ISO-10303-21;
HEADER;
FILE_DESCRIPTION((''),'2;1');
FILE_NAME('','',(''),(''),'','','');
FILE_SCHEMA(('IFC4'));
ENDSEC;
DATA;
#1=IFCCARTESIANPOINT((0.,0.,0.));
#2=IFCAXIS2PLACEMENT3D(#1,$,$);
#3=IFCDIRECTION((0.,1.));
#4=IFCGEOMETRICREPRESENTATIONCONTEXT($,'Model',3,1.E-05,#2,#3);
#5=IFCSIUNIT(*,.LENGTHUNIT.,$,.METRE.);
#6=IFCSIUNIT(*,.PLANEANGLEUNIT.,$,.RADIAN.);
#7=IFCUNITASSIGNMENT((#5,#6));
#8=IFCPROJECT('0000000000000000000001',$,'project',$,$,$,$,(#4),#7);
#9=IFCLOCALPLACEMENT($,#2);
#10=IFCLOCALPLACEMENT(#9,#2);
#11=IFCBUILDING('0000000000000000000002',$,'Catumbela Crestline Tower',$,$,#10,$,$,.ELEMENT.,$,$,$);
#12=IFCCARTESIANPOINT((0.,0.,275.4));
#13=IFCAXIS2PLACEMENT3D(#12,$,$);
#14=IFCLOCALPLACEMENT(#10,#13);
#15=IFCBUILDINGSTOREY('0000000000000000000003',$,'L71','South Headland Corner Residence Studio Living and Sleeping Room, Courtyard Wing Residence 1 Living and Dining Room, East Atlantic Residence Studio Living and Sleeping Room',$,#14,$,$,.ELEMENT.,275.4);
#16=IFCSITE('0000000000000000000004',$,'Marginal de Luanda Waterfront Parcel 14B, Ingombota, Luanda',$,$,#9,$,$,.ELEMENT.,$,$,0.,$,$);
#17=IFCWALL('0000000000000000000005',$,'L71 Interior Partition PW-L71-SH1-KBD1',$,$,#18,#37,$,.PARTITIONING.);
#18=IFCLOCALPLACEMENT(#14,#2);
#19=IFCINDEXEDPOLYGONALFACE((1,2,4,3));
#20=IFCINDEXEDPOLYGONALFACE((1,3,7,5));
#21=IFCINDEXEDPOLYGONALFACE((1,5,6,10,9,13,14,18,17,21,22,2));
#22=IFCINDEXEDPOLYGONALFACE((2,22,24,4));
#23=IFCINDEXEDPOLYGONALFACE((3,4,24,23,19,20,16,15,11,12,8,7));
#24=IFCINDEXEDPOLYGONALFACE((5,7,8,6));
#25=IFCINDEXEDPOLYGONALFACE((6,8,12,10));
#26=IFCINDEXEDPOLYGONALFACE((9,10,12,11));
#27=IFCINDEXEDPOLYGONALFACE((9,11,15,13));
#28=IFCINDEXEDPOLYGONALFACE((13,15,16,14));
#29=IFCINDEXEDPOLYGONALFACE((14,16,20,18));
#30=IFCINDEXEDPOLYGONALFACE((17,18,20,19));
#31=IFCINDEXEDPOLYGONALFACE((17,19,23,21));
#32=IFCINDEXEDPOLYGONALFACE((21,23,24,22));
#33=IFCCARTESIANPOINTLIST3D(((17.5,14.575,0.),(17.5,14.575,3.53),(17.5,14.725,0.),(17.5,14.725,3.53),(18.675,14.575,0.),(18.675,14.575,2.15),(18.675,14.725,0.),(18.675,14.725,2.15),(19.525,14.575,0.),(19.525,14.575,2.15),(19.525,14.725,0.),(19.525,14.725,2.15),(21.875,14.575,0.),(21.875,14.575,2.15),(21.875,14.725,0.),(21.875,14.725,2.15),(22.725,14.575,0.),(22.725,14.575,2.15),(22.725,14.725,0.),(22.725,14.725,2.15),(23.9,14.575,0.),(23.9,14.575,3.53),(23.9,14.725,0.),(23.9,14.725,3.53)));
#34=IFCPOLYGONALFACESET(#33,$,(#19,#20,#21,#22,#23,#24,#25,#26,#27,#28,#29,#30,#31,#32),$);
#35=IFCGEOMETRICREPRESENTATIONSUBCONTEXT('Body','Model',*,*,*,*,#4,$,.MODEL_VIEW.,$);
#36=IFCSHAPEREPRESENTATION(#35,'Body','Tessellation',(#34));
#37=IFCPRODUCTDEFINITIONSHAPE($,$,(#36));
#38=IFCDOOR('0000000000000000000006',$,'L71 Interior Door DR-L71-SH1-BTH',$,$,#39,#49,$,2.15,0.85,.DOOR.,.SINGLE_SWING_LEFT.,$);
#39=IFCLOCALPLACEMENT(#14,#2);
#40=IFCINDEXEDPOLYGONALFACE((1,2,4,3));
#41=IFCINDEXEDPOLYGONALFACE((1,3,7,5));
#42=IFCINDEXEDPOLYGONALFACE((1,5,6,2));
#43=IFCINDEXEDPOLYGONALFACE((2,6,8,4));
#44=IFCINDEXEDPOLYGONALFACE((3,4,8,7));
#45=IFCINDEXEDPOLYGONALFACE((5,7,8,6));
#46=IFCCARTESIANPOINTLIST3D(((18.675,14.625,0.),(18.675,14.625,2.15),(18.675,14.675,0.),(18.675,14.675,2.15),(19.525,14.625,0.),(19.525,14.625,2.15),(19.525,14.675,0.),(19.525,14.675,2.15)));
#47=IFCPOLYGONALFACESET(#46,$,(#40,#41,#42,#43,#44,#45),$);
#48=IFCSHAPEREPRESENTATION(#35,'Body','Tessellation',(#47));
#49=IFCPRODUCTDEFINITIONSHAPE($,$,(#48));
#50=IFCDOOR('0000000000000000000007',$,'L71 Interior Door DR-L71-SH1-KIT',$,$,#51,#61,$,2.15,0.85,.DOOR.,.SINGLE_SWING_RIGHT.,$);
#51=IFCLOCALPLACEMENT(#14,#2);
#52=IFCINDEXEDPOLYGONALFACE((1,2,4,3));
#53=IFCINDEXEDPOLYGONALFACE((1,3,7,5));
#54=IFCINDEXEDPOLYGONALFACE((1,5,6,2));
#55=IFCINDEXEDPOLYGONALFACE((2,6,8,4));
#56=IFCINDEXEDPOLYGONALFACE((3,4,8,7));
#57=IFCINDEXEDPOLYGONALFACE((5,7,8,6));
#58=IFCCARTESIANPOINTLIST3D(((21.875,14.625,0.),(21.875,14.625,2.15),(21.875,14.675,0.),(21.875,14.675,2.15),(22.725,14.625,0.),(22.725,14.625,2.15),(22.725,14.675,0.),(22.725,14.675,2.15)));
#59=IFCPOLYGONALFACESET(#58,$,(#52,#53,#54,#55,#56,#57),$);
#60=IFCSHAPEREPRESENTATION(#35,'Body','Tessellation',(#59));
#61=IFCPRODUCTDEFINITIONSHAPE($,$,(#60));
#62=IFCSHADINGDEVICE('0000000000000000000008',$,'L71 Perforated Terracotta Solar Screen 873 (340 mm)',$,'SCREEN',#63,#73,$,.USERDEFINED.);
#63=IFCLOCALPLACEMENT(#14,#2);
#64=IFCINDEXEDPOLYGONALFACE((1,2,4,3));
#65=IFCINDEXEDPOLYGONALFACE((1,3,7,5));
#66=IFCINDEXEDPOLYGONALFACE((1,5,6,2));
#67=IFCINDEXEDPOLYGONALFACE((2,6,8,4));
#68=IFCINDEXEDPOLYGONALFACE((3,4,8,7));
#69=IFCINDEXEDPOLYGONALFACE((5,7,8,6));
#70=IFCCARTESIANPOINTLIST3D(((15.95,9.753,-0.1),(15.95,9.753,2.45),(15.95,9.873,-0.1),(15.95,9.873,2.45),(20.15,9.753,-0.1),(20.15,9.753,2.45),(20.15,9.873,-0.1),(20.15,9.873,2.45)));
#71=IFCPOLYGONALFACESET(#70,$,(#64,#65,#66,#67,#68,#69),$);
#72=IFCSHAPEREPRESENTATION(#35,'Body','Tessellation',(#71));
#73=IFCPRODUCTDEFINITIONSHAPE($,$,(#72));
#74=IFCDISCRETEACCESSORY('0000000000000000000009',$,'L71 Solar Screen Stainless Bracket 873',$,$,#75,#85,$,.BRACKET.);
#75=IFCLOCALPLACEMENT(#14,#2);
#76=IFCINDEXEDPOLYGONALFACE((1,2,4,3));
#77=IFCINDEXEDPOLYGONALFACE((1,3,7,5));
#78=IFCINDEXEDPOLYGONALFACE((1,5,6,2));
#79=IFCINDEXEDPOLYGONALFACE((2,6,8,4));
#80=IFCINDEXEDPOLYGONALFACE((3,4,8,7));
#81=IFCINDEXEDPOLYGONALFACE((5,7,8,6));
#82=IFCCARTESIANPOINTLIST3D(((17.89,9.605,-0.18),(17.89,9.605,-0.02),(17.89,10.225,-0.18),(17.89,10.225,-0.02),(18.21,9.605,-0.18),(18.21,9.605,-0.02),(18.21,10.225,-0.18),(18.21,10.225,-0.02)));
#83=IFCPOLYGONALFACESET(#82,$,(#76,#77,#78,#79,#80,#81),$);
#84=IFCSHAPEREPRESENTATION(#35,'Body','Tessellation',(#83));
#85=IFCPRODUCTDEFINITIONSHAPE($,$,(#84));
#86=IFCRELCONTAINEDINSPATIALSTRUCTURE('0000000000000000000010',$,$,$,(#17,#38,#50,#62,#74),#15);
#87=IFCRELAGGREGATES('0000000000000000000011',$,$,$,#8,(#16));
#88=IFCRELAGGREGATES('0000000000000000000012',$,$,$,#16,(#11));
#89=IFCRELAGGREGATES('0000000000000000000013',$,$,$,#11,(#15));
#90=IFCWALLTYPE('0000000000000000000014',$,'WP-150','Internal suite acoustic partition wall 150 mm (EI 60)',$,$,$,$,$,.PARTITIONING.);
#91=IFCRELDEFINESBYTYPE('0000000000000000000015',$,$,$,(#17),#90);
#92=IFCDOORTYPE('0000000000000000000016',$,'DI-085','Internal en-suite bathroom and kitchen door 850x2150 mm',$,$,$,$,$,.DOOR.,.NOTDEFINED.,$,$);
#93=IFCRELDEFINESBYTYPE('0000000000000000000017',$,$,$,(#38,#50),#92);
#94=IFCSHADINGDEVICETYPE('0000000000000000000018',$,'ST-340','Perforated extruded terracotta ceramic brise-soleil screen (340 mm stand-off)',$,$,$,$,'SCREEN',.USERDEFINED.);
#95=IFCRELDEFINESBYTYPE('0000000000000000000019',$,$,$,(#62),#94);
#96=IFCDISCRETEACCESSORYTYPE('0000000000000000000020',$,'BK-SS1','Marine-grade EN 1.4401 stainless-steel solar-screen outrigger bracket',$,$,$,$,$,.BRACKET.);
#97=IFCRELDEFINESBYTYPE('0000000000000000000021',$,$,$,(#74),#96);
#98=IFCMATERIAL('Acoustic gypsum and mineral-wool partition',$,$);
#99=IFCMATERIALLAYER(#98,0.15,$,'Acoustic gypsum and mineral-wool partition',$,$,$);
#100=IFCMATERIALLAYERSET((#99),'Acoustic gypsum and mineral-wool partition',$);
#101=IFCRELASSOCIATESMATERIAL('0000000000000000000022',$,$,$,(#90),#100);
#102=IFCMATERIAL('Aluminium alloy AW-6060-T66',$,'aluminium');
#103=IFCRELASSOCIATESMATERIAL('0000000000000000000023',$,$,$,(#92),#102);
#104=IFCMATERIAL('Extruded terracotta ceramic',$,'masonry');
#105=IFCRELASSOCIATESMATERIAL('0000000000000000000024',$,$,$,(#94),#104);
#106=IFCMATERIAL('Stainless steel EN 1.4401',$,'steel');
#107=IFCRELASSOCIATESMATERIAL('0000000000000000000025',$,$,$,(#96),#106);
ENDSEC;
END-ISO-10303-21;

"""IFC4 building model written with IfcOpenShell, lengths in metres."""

from ifc_helpers import new_model, si_unit, direction, frame, frame_2d, origin, origin_2d, place, context, subcontext, project, spatial, rectangle, extrude, material, layer, layer_set, type_object, element, fill, save


model = new_model("IFC4")

# Units and contexts
model_context = context("Model", 3, precision=1e-05, world=origin(), true_north=direction((0.0, 1.0)))
body_context = subcontext(model_context, "Body", "Model", "MODEL_VIEW")
ifc_project = project(units=[si_unit("LENGTHUNIT", "METRE"), si_unit("PLANEANGLEUNIT", "RADIAN")], contexts=[model_context])

# Site, building, storey
site_placement = place(None, origin())
site = spatial("IfcSite", under=ifc_project, at=site_placement, Name="Marginal de Luanda Waterfront Parcel 14B, Ingombota, Luanda", CompositionType="ELEMENT", RefElevation=0.0)
building_placement = place(site_placement, origin())
building = spatial("IfcBuilding", under=site, at=building_placement, Name="Catumbela Crestline Tower", CompositionType="ELEMENT")
storey_placement = place(building_placement, frame((0.0, 0.0, 275.4)))
storey = spatial("IfcBuildingStorey", under=building, at=storey_placement, Name="L71", Description="South Headland Corner Residence Studio Living and Sleeping Room, Courtyard Wing Residence 1 Living and Dining Room, East Atlantic Residence Studio Living and Sleeping Room", CompositionType="ELEMENT", Elevation=275.4)

# Shared definitions
ifc_material_1 = material(Name="Aluminium alloy AW-6060-T66", Category="aluminium")

# Shared definitions
ifc_material_2 = material(Name="Acoustic gypsum and mineral-wool partition")
ifc_layer_1 = layer(ifc_material_2, 0.15, Name="Acoustic gypsum and mineral-wool partition")
ifc_layer_set_1 = layer_set([ifc_layer_1], Name="Acoustic gypsum and mineral-wool partition")
wall_type_1 = type_object("IfcWallType", Name="WP-150", Description="Internal suite acoustic partition wall 150 mm (EI 60)", PredefinedType="PARTITIONING", material=ifc_layer_set_1)
door_type = type_object("IfcDoorType", Name="DI-085", Description="Internal en-suite bathroom and kitchen door 850x2150 mm", OperationType="NOTDEFINED", PredefinedType="DOOR", material=ifc_material_1)

# Wall, openings, doors
wall_1_placement = place(storey_placement, frame((17.5, 14.65, 0.0), z_axis=(0.0, 0.0, 1.0), x_axis=(1.0, 0.0, 0.0)))
wall_1 = element("IfcWall", 1, at=wall_1_placement, inside=storey, type_object=wall_type_1, Name="L71 Interior Partition PW-L71-SH1-KBD1", PredefinedType="PARTITIONING", context=body_context, shape_type="SweptSolid", body=[
    extrude(rectangle(XDim=6.4, YDim=0.15, at=frame_2d((3.2, 0.0))), origin(), (0.0, 0.0, 1.0), 3.53),
])
opening_1_placement = place(wall_1_placement, frame((1.175, 0.0, 0.0)))
opening_1 = element("IfcOpeningElement", 2, at=opening_1_placement, cuts=wall_1, PredefinedType="OPENING", context=body_context, shape_type="SweptSolid", body=[
    extrude(rectangle(XDim=0.85, YDim=2.15, at=frame_2d((0.425, 1.075))), frame((0.0, 0.085, 0.0), z_axis=(0.0, -1.0, 0.0), x_axis=(1.0, 0.0, 0.0)), (0.0, 0.0, 1.0), 0.17),
])
opening_2_placement = place(wall_1_placement, frame((4.375, 0.0, 0.0)))
opening_2 = element("IfcOpeningElement", 3, at=opening_2_placement, cuts=wall_1, PredefinedType="OPENING", context=body_context, shape_type="SweptSolid", body=[
    extrude(rectangle(XDim=0.85, YDim=2.15, at=frame_2d((0.425, 1.075))), frame((0.0, 0.085, 0.0), z_axis=(0.0, -1.0, 0.0), x_axis=(1.0, 0.0, 0.0)), (0.0, 0.0, 1.0), 0.17),
])
door_1_placement = place(opening_1_placement, origin())
door_1 = element("IfcDoor", 4, at=door_1_placement, inside=storey, type_object=door_type, Name="L71 Interior Door DR-L71-SH1-BTH", OperationType="SINGLE_SWING_LEFT", OverallHeight=2.15, OverallWidth=0.85, PredefinedType="DOOR", context=body_context, shape_type="SweptSolid", body=[
    extrude(rectangle(XDim=0.85, YDim=2.15, at=frame_2d((0.425, 1.075))), frame((0.0, 0.025, 0.0), z_axis=(0.0, -1.0, 0.0), x_axis=(1.0, 0.0, 0.0)), (0.0, 0.0, 1.0), 0.05),
])
fill(opening_1, door_1)
door_2_placement = place(opening_2_placement, origin())
door_2 = element("IfcDoor", 5, at=door_2_placement, inside=storey, type_object=door_type, Name="L71 Interior Door DR-L71-SH1-KIT", OperationType="SINGLE_SWING_RIGHT", OverallHeight=2.15, OverallWidth=0.85, PredefinedType="DOOR", context=body_context, shape_type="SweptSolid", body=[
    extrude(rectangle(XDim=0.85, YDim=2.15, at=frame_2d((0.425, 1.075))), frame((0.0, 0.025, 0.0), z_axis=(0.0, -1.0, 0.0), x_axis=(1.0, 0.0, 0.0)), (0.0, 0.0, 1.0), 0.05),
])
fill(opening_2, door_2)

# Shading device
ifc_material_3 = material(Name="Extruded terracotta ceramic", Category="masonry")
shading_device_type = type_object("IfcShadingDeviceType", Name="ST-340", Description="Perforated extruded terracotta ceramic brise-soleil screen (340 mm stand-off)", ElementType="SCREEN", PredefinedType="USERDEFINED", material=ifc_material_3)
shading_device_placement = place(storey_placement, frame((18.05, 9.813, -0.1), z_axis=(0.0, 0.0, 1.0), x_axis=(1.0, 0.0, 0.0)))
element("IfcShadingDevice", 6, at=shading_device_placement, inside=storey, type_object=shading_device_type, Name="L71 Perforated Terracotta Solar Screen 873 (340 mm)", ObjectType="SCREEN", PredefinedType="USERDEFINED", context=body_context, shape_type="SweptSolid", body=[
    extrude(rectangle(XDim=4.2, YDim=0.12, at=origin_2d()), origin(), (0.0, 0.0, 1.0), 2.55),
])

# Discrete accessory
ifc_material_4 = material(Name="Stainless steel EN 1.4401", Category="steel")
discrete_accessory_type = type_object("IfcDiscreteAccessoryType", Name="BK-SS1", Description="Marine-grade EN 1.4401 stainless-steel solar-screen outrigger bracket", PredefinedType="BRACKET", material=ifc_material_4)
discrete_accessory_placement = place(storey_placement, frame((18.05, 9.915, -0.18), z_axis=(0.0, 0.0, 1.0), x_axis=(1.0, 0.0, 0.0)))
element("IfcDiscreteAccessory", 7, at=discrete_accessory_placement, inside=storey, type_object=discrete_accessory_type, Name="L71 Solar Screen Stainless Bracket 873", PredefinedType="BRACKET", context=body_context, shape_type="SweptSolid", body=[
    extrude(rectangle(XDim=0.32, YDim=0.62, at=origin_2d()), origin(), (0.0, 0.0, 1.0), 0.16),
])

save(model, "model.ifc")
